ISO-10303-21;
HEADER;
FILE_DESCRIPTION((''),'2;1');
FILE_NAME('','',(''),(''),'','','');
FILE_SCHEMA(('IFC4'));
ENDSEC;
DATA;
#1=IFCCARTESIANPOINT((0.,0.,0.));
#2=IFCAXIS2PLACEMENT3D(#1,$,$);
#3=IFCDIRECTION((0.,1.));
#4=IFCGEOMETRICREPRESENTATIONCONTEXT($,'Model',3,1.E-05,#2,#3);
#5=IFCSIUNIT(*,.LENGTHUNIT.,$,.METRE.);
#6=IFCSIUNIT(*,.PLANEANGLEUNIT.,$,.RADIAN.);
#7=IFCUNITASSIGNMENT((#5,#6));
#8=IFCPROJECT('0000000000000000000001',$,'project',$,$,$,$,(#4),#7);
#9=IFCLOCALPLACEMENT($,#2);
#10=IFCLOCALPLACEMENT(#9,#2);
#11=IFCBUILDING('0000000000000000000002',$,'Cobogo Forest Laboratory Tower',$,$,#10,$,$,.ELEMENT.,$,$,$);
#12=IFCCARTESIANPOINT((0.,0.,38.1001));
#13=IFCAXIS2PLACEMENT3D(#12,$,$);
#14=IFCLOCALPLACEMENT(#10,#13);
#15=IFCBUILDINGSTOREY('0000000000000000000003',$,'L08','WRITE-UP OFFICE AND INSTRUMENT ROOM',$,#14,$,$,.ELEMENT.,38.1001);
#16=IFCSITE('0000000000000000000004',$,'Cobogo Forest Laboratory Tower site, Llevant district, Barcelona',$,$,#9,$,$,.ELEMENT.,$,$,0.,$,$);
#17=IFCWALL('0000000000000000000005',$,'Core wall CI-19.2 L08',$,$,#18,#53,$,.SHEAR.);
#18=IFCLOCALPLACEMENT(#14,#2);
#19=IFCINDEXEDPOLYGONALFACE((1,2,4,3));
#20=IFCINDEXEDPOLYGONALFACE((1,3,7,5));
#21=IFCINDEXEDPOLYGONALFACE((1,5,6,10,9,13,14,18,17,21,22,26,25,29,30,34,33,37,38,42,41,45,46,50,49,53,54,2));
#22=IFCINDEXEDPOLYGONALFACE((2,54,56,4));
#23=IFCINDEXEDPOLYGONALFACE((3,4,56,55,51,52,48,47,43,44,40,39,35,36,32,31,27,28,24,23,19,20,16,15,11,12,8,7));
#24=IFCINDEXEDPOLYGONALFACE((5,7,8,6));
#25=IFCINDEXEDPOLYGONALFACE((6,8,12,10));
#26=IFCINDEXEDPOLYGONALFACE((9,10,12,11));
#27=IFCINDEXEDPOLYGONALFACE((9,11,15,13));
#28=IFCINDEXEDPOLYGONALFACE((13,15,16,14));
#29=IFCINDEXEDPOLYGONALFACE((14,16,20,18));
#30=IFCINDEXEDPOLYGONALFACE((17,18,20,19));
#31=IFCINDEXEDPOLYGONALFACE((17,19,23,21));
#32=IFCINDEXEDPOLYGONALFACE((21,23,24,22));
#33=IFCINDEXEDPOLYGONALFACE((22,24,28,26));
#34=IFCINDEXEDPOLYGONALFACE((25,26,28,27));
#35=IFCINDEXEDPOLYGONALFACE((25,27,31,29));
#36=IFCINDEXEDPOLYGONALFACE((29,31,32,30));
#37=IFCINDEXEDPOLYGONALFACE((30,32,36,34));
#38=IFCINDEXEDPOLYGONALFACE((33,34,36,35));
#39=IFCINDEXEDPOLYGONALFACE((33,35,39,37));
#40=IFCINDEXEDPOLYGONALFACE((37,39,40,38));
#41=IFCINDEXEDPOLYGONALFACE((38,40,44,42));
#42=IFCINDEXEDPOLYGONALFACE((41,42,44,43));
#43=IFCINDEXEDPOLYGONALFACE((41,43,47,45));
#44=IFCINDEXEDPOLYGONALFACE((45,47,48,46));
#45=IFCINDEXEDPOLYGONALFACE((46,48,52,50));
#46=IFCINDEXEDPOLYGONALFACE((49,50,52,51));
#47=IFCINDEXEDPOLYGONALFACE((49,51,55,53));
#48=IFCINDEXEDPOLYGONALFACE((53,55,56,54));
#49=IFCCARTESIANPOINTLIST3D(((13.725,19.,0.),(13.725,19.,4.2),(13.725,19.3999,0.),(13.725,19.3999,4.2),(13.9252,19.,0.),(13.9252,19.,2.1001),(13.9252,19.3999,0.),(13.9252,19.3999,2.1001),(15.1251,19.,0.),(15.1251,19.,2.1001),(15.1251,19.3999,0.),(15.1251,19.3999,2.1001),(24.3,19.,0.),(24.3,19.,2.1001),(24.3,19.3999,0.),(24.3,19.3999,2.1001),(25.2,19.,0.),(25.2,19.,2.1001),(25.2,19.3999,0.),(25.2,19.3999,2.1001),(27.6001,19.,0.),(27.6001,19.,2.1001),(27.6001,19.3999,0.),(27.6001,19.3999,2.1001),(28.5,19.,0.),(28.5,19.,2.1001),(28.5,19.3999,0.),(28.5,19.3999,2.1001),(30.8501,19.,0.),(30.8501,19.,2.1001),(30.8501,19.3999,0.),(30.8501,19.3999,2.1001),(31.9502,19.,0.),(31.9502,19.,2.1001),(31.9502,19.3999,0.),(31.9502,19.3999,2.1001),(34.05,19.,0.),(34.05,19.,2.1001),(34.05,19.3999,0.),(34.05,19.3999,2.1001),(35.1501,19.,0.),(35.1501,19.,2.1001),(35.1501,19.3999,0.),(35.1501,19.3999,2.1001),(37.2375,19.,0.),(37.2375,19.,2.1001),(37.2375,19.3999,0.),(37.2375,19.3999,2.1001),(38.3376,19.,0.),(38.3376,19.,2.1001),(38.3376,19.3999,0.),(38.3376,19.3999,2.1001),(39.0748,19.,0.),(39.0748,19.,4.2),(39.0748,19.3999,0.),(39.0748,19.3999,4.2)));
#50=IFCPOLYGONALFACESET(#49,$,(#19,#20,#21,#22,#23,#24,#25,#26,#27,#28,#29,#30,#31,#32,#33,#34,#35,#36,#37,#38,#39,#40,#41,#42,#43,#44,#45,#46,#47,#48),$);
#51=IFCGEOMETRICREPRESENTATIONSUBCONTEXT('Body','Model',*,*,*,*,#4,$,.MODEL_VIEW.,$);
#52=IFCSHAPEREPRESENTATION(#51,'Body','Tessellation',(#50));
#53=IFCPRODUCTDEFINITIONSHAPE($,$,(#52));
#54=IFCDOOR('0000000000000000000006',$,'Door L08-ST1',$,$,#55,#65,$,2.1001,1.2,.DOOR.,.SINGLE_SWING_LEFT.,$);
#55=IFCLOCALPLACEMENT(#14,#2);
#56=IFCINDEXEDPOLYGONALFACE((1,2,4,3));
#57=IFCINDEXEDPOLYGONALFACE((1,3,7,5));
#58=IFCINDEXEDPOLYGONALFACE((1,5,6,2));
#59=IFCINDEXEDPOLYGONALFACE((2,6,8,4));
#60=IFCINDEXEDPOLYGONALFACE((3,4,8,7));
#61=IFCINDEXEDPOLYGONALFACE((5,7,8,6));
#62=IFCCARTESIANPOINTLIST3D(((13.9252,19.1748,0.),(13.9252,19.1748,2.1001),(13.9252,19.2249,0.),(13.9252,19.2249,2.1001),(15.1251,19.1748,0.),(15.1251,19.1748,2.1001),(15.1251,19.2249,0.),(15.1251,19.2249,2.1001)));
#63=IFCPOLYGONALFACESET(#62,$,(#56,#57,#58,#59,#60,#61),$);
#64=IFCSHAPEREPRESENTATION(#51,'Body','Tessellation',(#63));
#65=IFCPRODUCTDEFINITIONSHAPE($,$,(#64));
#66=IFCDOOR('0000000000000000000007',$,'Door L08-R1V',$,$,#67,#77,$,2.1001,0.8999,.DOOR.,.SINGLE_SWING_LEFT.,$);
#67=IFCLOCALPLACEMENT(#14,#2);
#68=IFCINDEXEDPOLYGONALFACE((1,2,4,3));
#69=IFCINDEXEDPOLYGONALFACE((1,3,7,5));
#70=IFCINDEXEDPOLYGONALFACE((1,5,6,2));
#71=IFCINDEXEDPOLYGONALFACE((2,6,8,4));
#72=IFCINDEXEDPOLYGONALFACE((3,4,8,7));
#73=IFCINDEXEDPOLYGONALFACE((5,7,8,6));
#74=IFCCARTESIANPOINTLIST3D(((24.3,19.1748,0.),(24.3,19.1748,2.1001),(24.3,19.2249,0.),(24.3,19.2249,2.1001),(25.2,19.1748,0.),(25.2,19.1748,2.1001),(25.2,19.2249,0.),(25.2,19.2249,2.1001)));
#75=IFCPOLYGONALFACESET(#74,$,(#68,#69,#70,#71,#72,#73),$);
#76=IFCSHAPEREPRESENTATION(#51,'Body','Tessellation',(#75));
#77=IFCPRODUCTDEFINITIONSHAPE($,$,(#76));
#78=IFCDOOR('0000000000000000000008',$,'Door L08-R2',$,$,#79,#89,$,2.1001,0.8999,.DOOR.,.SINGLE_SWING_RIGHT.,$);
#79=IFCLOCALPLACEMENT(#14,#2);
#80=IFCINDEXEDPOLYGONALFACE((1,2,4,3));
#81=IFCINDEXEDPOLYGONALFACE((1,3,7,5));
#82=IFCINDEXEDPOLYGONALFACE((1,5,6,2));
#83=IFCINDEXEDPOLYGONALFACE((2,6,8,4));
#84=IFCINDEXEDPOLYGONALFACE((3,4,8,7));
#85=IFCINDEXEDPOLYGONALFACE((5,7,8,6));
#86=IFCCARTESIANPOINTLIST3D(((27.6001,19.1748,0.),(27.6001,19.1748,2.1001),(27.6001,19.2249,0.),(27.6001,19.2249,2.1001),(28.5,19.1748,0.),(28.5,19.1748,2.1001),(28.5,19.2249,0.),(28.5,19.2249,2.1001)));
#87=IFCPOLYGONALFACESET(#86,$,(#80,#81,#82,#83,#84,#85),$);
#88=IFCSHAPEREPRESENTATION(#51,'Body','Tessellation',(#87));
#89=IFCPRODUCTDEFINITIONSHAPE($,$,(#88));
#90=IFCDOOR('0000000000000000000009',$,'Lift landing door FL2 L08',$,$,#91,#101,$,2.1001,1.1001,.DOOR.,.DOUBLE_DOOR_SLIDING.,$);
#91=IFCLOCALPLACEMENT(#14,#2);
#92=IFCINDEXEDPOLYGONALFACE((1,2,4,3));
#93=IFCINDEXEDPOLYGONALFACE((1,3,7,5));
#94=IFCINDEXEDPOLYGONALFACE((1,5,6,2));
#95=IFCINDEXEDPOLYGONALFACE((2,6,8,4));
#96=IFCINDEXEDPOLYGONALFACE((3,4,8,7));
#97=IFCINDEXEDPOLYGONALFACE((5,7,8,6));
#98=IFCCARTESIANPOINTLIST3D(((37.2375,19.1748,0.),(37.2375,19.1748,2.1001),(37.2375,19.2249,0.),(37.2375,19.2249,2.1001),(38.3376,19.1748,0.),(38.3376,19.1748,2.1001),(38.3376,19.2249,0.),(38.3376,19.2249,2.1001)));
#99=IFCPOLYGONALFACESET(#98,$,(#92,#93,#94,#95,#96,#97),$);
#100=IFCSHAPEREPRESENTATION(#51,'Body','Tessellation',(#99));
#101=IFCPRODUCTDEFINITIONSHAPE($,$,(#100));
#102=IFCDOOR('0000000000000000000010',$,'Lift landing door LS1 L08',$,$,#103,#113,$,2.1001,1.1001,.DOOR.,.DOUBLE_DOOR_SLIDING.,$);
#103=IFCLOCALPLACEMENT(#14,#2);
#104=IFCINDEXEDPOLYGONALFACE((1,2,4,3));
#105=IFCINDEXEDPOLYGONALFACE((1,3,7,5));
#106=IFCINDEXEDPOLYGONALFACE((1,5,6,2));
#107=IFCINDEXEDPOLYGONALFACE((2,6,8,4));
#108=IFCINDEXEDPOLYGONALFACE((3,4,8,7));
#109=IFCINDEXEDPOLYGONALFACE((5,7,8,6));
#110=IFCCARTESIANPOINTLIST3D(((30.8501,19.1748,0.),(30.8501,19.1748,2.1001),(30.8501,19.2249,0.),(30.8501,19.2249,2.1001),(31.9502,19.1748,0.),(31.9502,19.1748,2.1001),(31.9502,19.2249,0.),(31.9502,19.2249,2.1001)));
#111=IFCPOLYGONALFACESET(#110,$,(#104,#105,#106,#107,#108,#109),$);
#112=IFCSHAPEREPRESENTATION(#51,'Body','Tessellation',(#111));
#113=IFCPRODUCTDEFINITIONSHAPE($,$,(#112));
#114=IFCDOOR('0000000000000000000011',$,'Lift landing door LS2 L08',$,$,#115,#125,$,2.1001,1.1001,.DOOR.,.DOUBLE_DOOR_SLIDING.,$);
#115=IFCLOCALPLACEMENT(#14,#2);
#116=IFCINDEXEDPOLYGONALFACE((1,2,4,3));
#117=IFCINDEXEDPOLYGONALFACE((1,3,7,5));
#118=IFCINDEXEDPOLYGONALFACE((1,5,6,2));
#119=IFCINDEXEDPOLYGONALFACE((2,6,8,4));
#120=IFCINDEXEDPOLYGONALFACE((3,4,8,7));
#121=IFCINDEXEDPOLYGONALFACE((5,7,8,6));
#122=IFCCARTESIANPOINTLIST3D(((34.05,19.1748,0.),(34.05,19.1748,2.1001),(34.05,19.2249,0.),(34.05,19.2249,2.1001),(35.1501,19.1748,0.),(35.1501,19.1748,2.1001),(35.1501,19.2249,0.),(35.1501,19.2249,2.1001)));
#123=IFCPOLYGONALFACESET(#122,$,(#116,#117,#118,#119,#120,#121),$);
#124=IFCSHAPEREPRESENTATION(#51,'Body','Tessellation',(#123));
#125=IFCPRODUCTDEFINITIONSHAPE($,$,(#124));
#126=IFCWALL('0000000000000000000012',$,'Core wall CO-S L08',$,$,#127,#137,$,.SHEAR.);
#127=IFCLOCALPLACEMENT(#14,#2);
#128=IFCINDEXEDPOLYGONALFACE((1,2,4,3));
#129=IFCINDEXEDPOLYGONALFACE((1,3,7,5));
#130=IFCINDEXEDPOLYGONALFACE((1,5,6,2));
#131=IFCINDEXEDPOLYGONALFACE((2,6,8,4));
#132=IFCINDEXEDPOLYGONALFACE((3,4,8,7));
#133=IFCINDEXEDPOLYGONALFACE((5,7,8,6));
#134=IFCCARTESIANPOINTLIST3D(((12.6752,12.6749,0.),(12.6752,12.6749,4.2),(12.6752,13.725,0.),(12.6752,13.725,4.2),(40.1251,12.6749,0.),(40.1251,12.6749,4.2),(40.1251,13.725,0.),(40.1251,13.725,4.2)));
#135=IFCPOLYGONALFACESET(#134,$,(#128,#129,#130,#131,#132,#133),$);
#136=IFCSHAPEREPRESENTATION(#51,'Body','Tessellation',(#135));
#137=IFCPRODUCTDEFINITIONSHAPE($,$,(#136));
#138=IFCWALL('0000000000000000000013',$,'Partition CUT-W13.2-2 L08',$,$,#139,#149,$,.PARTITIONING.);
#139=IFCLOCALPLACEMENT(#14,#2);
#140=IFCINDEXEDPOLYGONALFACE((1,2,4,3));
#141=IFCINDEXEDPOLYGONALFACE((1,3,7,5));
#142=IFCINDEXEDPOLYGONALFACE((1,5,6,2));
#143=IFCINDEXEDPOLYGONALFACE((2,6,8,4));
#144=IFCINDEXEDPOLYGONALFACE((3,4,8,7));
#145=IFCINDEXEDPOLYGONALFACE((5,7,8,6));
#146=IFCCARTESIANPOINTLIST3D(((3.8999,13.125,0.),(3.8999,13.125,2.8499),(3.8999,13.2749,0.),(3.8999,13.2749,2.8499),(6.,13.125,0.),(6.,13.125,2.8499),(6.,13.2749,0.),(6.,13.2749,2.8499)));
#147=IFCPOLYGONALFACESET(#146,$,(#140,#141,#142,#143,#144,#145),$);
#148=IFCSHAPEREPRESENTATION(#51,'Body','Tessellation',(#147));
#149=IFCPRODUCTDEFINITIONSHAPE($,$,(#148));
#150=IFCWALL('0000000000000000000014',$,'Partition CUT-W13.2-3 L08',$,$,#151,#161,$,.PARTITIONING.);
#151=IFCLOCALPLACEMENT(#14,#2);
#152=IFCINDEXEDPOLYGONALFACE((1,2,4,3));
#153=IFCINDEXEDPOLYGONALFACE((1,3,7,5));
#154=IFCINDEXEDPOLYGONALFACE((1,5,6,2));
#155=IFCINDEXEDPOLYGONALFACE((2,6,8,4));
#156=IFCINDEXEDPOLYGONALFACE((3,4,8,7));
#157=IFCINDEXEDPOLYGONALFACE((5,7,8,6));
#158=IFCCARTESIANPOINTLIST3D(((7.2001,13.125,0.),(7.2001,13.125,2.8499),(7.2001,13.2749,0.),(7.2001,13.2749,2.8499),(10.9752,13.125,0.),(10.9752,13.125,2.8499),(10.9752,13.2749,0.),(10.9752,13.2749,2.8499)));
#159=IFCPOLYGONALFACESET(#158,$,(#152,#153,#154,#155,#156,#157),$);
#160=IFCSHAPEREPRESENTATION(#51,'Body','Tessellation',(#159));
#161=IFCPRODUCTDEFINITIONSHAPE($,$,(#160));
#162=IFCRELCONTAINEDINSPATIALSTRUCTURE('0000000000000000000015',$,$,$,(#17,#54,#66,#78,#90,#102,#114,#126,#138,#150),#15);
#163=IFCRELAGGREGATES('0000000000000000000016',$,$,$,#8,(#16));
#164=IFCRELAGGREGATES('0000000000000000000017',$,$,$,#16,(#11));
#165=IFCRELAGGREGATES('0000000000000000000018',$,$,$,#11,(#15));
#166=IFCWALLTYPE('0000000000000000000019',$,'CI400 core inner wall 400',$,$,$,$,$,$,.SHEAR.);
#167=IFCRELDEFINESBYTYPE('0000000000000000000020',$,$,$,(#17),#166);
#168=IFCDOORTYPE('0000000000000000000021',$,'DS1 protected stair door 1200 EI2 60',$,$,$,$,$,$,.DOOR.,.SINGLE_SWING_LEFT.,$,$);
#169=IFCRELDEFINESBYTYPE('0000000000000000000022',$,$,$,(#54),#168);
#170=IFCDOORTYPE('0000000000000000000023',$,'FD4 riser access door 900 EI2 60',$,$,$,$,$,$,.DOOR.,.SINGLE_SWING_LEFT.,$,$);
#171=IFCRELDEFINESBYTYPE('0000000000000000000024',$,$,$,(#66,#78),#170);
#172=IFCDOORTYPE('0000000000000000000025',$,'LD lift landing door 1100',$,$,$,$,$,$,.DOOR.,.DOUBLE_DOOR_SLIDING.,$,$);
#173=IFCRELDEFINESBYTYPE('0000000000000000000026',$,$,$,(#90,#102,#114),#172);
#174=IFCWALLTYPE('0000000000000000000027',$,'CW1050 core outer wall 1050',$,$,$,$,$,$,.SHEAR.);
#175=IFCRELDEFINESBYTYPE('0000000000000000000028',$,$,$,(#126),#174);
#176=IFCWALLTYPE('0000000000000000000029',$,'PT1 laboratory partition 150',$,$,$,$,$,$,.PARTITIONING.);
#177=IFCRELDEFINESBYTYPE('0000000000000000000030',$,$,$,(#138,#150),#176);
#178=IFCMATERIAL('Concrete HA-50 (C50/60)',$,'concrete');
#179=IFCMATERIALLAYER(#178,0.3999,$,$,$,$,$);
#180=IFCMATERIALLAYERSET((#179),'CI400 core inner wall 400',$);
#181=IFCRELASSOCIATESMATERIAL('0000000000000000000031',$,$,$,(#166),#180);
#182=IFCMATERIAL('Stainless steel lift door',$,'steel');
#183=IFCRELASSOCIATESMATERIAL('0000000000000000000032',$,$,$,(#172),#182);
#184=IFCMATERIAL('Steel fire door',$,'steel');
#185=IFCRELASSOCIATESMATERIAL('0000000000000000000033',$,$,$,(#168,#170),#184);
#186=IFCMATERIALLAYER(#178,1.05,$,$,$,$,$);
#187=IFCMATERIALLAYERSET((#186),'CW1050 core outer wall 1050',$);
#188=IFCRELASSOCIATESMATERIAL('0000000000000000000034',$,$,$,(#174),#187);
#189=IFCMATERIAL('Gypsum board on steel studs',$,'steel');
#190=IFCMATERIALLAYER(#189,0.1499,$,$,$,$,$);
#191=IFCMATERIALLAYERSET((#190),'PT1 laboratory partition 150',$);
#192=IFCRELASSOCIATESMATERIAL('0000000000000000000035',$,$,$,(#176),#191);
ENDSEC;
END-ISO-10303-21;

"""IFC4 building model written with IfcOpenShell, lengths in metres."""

from ifc_helpers import new_model, si_unit, direction, frame, frame_2d, origin, place, context, subcontext, project, spatial, rectangle, extrude, material, layer, layer_set, type_object, element, fill, save


model = new_model("IFC4")

# Units and contexts
model_context = context("Model", 3, precision=1e-05, world=origin(), true_north=direction((0.0, 1.0)))
body_context = subcontext(model_context, "Body", "Model", "MODEL_VIEW")
ifc_project = project(units=[si_unit("LENGTHUNIT", "METRE"), si_unit("PLANEANGLEUNIT", "RADIAN")], contexts=[model_context])

# Site, building, storey
site_placement = place(None, origin())
site = spatial("IfcSite", under=ifc_project, at=site_placement, Name="Cobogo Forest Laboratory Tower site, Llevant district, Barcelona", CompositionType="ELEMENT", RefElevation=0.0)
building_placement = place(site_placement, origin())
building = spatial("IfcBuilding", under=site, at=building_placement, Name="Cobogo Forest Laboratory Tower", CompositionType="ELEMENT")
storey_placement = place(building_placement, frame((0.0, 0.0, 38.1001)))
storey = spatial("IfcBuildingStorey", under=building, at=storey_placement, Name="L08", Description="WRITE-UP OFFICE AND INSTRUMENT ROOM", CompositionType="ELEMENT", Elevation=38.1001)

# Shared definitions
ifc_material_1 = material(Name="Concrete HA-50 (C50/60)", Category="concrete")

# Wall, openings, doors
ifc_layer_1 = layer(ifc_material_1, 0.3999)
ifc_layer_set_1 = layer_set([ifc_layer_1], Name="CI400 core inner wall 400")
wall_type_1 = type_object("IfcWallType", Name="CI400 core inner wall 400", PredefinedType="SHEAR", material=ifc_layer_set_1)
ifc_material_2 = material(Name="Stainless steel lift door", Category="steel")
door_type_1 = type_object("IfcDoorType", Name="LD lift landing door 1100", OperationType="DOUBLE_DOOR_SLIDING", PredefinedType="DOOR", material=ifc_material_2)
wall_1_placement = place(storey_placement, frame((13.7251, 19.2, 0.0), z_axis=(0.0, 0.0, 1.0), x_axis=(1.0, 0.0, 0.0)))
wall_1 = element("IfcWall", 1, at=wall_1_placement, inside=storey, type_object=wall_type_1, Name="Core wall CI-19.2 L08", PredefinedType="SHEAR", context=body_context, shape_type="SweptSolid", body=[
    extrude(rectangle(XDim=25.3499, YDim=0.3999, at=frame_2d((12.6748, 0.0))), origin(), (0.0, 0.0, 1.0), 4.2),
])
opening_1_placement = place(wall_1_placement, frame((10.575, 0.0, 0.0)))
opening_1 = element("IfcOpeningElement", 2, at=opening_1_placement, cuts=wall_1, PredefinedType="OPENING", context=body_context, shape_type="SweptSolid", body=[
    extrude(rectangle(XDim=0.8999, YDim=2.1001, at=frame_2d((0.45, 1.05))), frame((0.0, 0.21, 0.0), z_axis=(0.0, -1.0, 0.0), x_axis=(1.0, 0.0, 0.0)), (0.0, 0.0, 1.0), 0.4199),
])
opening_2_placement = place(wall_1_placement, frame((13.875, 0.0, 0.0)))
opening_2 = element("IfcOpeningElement", 3, at=opening_2_placement, cuts=wall_1, PredefinedType="OPENING", context=body_context, shape_type="SweptSolid", body=[
    extrude(rectangle(XDim=0.8999, YDim=2.1001, at=frame_2d((0.45, 1.05))), frame((0.0, 0.21, 0.0), z_axis=(0.0, -1.0, 0.0), x_axis=(1.0, 0.0, 0.0)), (0.0, 0.0, 1.0), 0.4199),
])
opening_3_placement = place(wall_1_placement, frame((0.2, 0.0, 0.0)))
opening_3 = element("IfcOpeningElement", 4, at=opening_3_placement, cuts=wall_1, PredefinedType="OPENING", context=body_context, shape_type="SweptSolid", body=[
    extrude(rectangle(XDim=1.2, YDim=2.1001, at=frame_2d((0.6001, 1.05))), frame((0.0, 0.21, 0.0), z_axis=(0.0, -1.0, 0.0), x_axis=(1.0, 0.0, 0.0)), (0.0, 0.0, 1.0), 0.4199),
])
opening_4_placement = place(wall_1_placement, frame((23.5125, 0.0, 0.0)))
opening_4 = element("IfcOpeningElement", 5, at=opening_4_placement, cuts=wall_1, PredefinedType="OPENING", context=body_context, shape_type="SweptSolid", body=[
    extrude(rectangle(XDim=1.1001, YDim=2.1001, at=frame_2d((0.55, 1.05))), frame((0.0, 0.21, 0.0), z_axis=(0.0, -1.0, 0.0), x_axis=(1.0, 0.0, 0.0)), (0.0, 0.0, 1.0), 0.4199),
])
opening_5_placement = place(wall_1_placement, frame((17.125, 0.0, 0.0)))
opening_5 = element("IfcOpeningElement", 6, at=opening_5_placement, cuts=wall_1, PredefinedType="OPENING", context=body_context, shape_type="SweptSolid", body=[
    extrude(rectangle(XDim=1.1001, YDim=2.1001, at=frame_2d((0.55, 1.05))), frame((0.0, 0.21, 0.0), z_axis=(0.0, -1.0, 0.0), x_axis=(1.0, 0.0, 0.0)), (0.0, 0.0, 1.0), 0.4199),
])
opening_6_placement = place(wall_1_placement, frame((20.325, 0.0, 0.0)))
opening_6 = element("IfcOpeningElement", 7, at=opening_6_placement, cuts=wall_1, PredefinedType="OPENING", context=body_context, shape_type="SweptSolid", body=[
    extrude(rectangle(XDim=1.1001, YDim=2.1001, at=frame_2d((0.55, 1.05))), frame((0.0, 0.21, 0.0), z_axis=(0.0, -1.0, 0.0), x_axis=(1.0, 0.0, 0.0)), (0.0, 0.0, 1.0), 0.4199),
])
ifc_material_3 = material(Name="Steel fire door", Category="steel")
door_type_2 = type_object("IfcDoorType", Name="DS1 protected stair door 1200 EI2 60", OperationType="SINGLE_SWING_LEFT", PredefinedType="DOOR", material=ifc_material_3)
door_1_placement = place(opening_3_placement, origin())
door_1 = element("IfcDoor", 8, at=door_1_placement, inside=storey, type_object=door_type_2, Name="Door L08-ST1", OperationType="SINGLE_SWING_LEFT", OverallHeight=2.1001, OverallWidth=1.2, PredefinedType="DOOR", context=body_context, shape_type="SweptSolid", body=[
    extrude(rectangle(XDim=1.2, YDim=2.1001, at=frame_2d((0.6001, 1.05))), frame((0.0, 0.0249, 0.0), z_axis=(0.0, -1.0, 0.0), x_axis=(1.0, 0.0, 0.0)), (0.0, 0.0, 1.0), 0.05),
])
fill(opening_3, door_1)
door_type_3 = type_object("IfcDoorType", Name="FD4 riser access door 900 EI2 60", OperationType="SINGLE_SWING_LEFT", PredefinedType="DOOR", material=ifc_material_3)
door_2_placement = place(opening_1_placement, origin())
door_2 = element("IfcDoor", 9, at=door_2_placement, inside=storey, type_object=door_type_3, Name="Door L08-R1V", OperationType="SINGLE_SWING_LEFT", OverallHeight=2.1001, OverallWidth=0.8999, PredefinedType="DOOR", context=body_context, shape_type="SweptSolid", body=[
    extrude(rectangle(XDim=0.8999, YDim=2.1001, at=frame_2d((0.45, 1.05))), frame((0.0, 0.0249, 0.0), z_axis=(0.0, -1.0, 0.0), x_axis=(1.0, 0.0, 0.0)), (0.0, 0.0, 1.0), 0.05),
])
fill(opening_1, door_2)
door_3_placement = place(opening_2_placement, origin())
door_3 = element("IfcDoor", 10, at=door_3_placement, inside=storey, type_object=door_type_3, Name="Door L08-R2", OperationType="SINGLE_SWING_RIGHT", OverallHeight=2.1001, OverallWidth=0.8999, PredefinedType="DOOR", context=body_context, shape_type="SweptSolid", body=[
    extrude(rectangle(XDim=0.8999, YDim=2.1001, at=frame_2d((0.45, 1.05))), frame((0.0, 0.0249, 0.0), z_axis=(0.0, -1.0, 0.0), x_axis=(1.0, 0.0, 0.0)), (0.0, 0.0, 1.0), 0.05),
])
fill(opening_2, door_3)
door_4_placement = place(opening_4_placement, origin())
door_4 = element("IfcDoor", 11, at=door_4_placement, inside=storey, type_object=door_type_1, Name="Lift landing door FL2 L08", OperationType="DOUBLE_DOOR_SLIDING", OverallHeight=2.1001, OverallWidth=1.1001, PredefinedType="DOOR", context=body_context, shape_type="SweptSolid", body=[
    extrude(rectangle(XDim=1.1001, YDim=2.1001, at=frame_2d((0.55, 1.05))), frame((0.0, 0.0249, 0.0), z_axis=(0.0, -1.0, 0.0), x_axis=(1.0, 0.0, 0.0)), (0.0, 0.0, 1.0), 0.05),
])
fill(opening_4, door_4)
door_5_placement = place(opening_5_placement, origin())
door_5 = element("IfcDoor", 12, at=door_5_placement, inside=storey, type_object=door_type_1, Name="Lift landing door LS1 L08", OperationType="DOUBLE_DOOR_SLIDING", OverallHeight=2.1001, OverallWidth=1.1001, PredefinedType="DOOR", context=body_context, shape_type="SweptSolid", body=[
    extrude(rectangle(XDim=1.1001, YDim=2.1001, at=frame_2d((0.55, 1.05))), frame((0.0, 0.0249, 0.0), z_axis=(0.0, -1.0, 0.0), x_axis=(1.0, 0.0, 0.0)), (0.0, 0.0, 1.0), 0.05),
])
fill(opening_5, door_5)
door_6_placement = place(opening_6_placement, origin())
door_6 = element("IfcDoor", 13, at=door_6_placement, inside=storey, type_object=door_type_1, Name="Lift landing door LS2 L08", OperationType="DOUBLE_DOOR_SLIDING", OverallHeight=2.1001, OverallWidth=1.1001, PredefinedType="DOOR", context=body_context, shape_type="SweptSolid", body=[
    extrude(rectangle(XDim=1.1001, YDim=2.1001, at=frame_2d((0.55, 1.05))), frame((0.0, 0.0249, 0.0), z_axis=(0.0, -1.0, 0.0), x_axis=(1.0, 0.0, 0.0)), (0.0, 0.0, 1.0), 0.05),
])
fill(opening_6, door_6)

# Walls
ifc_layer_2 = layer(ifc_material_1, 1.05)
ifc_layer_set_2 = layer_set([ifc_layer_2], Name="CW1050 core outer wall 1050")
wall_type_2 = type_object("IfcWallType", Name="CW1050 core outer wall 1050", PredefinedType="SHEAR", material=ifc_layer_set_2)
wall_2_placement = place(storey_placement, frame((12.675, 13.2, 0.0), z_axis=(0.0, 0.0, 1.0), x_axis=(1.0, 0.0, 0.0)))
element("IfcWall", 14, at=wall_2_placement, inside=storey, type_object=wall_type_2, Name="Core wall CO-S L08", PredefinedType="SHEAR", context=body_context, shape_type="SweptSolid", body=[
    extrude(rectangle(XDim=27.45, YDim=1.05, at=frame_2d((13.7251, 0.0))), origin(), (0.0, 0.0, 1.0), 4.2),
])
ifc_material_4 = material(Name="Gypsum board on steel studs", Category="steel")
ifc_layer_3 = layer(ifc_material_4, 0.1499)
ifc_layer_set_3 = layer_set([ifc_layer_3], Name="PT1 laboratory partition 150")
wall_type_3 = type_object("IfcWallType", Name="PT1 laboratory partition 150", PredefinedType="PARTITIONING", material=ifc_layer_set_3)
wall_3_placement = place(storey_placement, frame((3.8999, 13.2, 0.0), z_axis=(0.0, 0.0, 1.0), x_axis=(1.0, 0.0, 0.0)))
element("IfcWall", 15, at=wall_3_placement, inside=storey, type_object=wall_type_3, Name="Partition CUT-W13.2-2 L08", PredefinedType="PARTITIONING", context=body_context, shape_type="SweptSolid", body=[
    extrude(rectangle(XDim=2.1001, YDim=0.1499, at=frame_2d((1.05, 0.0))), origin(), (0.0, 0.0, 1.0), 2.8499),
])
wall_4_placement = place(storey_placement, frame((7.2, 13.2, 0.0), z_axis=(0.0, 0.0, 1.0), x_axis=(1.0, 0.0, 0.0)))
element("IfcWall", 16, at=wall_4_placement, inside=storey, type_object=wall_type_3, Name="Partition CUT-W13.2-3 L08", PredefinedType="PARTITIONING", context=body_context, shape_type="SweptSolid", body=[
    extrude(rectangle(XDim=3.7751, YDim=0.1499, at=frame_2d((1.8877, 0.0))), origin(), (0.0, 0.0, 1.0), 2.8499),
])

save(model, "model.ifc")
